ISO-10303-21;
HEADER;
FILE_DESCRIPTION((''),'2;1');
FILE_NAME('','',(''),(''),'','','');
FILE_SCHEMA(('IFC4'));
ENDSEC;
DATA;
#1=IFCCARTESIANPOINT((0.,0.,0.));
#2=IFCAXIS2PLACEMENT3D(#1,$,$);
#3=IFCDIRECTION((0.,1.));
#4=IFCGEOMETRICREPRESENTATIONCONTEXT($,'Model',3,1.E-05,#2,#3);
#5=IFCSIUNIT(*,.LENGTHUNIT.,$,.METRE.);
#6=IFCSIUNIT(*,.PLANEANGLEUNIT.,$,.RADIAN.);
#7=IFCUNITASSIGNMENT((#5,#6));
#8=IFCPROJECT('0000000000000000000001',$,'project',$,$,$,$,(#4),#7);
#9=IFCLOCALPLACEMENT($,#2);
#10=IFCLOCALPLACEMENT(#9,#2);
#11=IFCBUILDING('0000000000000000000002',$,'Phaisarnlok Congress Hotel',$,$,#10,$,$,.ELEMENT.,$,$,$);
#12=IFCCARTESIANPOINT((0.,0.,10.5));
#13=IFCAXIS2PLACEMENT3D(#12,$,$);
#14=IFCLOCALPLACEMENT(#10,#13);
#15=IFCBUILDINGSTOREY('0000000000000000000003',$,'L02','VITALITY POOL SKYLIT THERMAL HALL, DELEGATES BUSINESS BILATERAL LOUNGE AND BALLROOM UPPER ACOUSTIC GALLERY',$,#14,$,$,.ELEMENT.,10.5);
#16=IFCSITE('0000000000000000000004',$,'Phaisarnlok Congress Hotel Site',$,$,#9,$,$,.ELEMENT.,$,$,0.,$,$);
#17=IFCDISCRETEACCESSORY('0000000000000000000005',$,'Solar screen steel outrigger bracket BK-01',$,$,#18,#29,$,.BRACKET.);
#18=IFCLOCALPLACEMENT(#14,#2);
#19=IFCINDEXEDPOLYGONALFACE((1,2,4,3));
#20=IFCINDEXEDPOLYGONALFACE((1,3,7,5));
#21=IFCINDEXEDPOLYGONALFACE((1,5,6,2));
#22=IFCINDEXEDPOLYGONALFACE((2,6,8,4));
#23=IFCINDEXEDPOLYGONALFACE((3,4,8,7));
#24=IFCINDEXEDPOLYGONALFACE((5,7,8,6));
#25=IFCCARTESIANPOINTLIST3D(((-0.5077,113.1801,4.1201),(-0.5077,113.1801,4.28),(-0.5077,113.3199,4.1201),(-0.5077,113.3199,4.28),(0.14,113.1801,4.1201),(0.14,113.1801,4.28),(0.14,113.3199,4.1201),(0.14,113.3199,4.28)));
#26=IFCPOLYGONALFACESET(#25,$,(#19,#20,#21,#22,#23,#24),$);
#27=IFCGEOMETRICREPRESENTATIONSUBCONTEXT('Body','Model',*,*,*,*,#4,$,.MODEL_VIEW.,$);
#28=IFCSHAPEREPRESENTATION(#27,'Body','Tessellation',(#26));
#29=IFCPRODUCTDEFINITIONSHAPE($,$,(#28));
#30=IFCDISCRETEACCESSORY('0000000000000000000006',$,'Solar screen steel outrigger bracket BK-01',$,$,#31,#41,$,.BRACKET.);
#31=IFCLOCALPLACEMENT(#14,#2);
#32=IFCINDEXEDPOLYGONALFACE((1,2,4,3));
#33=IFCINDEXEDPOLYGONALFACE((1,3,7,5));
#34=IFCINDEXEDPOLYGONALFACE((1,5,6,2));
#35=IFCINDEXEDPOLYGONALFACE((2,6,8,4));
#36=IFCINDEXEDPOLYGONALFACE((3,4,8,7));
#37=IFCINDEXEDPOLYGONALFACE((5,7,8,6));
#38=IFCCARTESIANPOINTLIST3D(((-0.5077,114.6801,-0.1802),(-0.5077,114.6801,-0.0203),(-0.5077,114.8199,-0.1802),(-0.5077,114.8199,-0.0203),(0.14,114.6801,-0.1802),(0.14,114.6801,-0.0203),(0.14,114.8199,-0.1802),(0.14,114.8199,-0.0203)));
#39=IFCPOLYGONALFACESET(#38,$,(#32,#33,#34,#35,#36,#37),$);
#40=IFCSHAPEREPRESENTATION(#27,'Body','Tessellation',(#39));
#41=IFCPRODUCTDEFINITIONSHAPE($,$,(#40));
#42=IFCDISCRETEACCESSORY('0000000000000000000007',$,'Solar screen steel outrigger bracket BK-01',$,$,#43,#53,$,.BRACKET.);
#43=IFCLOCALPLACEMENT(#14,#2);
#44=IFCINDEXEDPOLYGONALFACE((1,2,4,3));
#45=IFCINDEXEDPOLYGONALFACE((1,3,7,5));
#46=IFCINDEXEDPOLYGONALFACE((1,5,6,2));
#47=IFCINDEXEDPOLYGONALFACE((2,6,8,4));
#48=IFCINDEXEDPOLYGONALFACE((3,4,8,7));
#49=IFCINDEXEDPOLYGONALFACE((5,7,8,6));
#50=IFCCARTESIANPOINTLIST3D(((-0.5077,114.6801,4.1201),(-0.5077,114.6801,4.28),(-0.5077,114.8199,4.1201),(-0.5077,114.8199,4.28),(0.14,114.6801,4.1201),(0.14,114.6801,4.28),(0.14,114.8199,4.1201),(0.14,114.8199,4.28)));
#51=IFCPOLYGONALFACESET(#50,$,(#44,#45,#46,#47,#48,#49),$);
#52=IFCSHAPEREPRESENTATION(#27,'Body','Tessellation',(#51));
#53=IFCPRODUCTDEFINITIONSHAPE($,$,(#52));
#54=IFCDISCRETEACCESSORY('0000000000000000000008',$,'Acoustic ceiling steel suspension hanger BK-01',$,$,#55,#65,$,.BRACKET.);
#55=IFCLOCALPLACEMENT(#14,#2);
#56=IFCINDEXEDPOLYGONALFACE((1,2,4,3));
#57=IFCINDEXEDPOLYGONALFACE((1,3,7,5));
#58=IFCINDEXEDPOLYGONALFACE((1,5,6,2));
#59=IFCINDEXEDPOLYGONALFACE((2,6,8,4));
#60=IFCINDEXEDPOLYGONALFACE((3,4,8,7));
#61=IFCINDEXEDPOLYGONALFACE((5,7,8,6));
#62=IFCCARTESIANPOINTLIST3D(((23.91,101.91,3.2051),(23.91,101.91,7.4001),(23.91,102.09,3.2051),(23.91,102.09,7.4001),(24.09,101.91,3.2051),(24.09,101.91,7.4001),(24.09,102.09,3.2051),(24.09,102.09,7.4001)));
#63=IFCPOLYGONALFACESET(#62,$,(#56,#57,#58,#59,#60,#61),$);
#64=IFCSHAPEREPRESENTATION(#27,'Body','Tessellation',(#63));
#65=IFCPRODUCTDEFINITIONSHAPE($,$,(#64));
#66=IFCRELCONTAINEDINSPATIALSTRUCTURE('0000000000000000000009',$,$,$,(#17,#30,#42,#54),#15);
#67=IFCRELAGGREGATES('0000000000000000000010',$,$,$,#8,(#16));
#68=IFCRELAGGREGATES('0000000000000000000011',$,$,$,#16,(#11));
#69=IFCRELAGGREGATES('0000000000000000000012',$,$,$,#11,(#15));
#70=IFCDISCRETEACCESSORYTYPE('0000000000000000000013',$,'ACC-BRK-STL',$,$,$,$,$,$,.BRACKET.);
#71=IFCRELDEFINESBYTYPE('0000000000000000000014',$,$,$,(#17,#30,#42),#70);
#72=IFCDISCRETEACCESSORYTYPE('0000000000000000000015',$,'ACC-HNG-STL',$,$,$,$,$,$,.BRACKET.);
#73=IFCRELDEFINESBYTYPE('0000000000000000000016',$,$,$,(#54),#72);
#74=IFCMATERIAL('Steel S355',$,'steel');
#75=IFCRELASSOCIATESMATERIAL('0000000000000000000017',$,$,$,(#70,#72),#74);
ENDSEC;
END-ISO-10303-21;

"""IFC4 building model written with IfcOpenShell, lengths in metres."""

from ifc_helpers import new_model, si_unit, direction, frame, origin, origin_2d, place, context, subcontext, project, spatial, rectangle, extrude, material, type_object, element, save


model = new_model("IFC4")

# Units and contexts
model_context = context("Model", 3, precision=1e-05, world=origin(), true_north=direction((0.0, 1.0)))
body_context = subcontext(model_context, "Body", "Model", "MODEL_VIEW")
ifc_project = project(units=[si_unit("LENGTHUNIT", "METRE"), si_unit("PLANEANGLEUNIT", "RADIAN")], contexts=[model_context])

# Site, building, storey
site_placement = place(None, origin())
site = spatial("IfcSite", under=ifc_project, at=site_placement, Name="Phaisarnlok Congress Hotel Site", CompositionType="ELEMENT", RefElevation=0.0)
building_placement = place(site_placement, origin())
building = spatial("IfcBuilding", under=site, at=building_placement, Name="Phaisarnlok Congress Hotel", CompositionType="ELEMENT")
storey_placement = place(building_placement, frame((0.0, 0.0, 10.5)))
storey = spatial("IfcBuildingStorey", under=building, at=storey_placement, Name="L02", Description="VITALITY POOL SKYLIT THERMAL HALL, DELEGATES BUSINESS BILATERAL LOUNGE AND BALLROOM UPPER ACOUSTIC GALLERY", CompositionType="ELEMENT", Elevation=10.5)

# Shared definitions
ifc_material_1 = material(Name="Steel S355", Category="steel")

# Discrete accessories
discrete_accessory_type_1 = type_object("IfcDiscreteAccessoryType", Name="ACC-BRK-STL", PredefinedType="BRACKET", material=ifc_material_1)
for number, where, z_axis, x_axis, name in (
    (1, (-0.1838, 113.25, 4.1201), (0.0, 0.0, 1.0), (1.0, 0.0, 0.0), "Solar screen steel outrigger bracket BK-01"),
    (2, (-0.1838, 114.75, -0.1802), (0.0, 0.0, 1.0), (1.0, 0.0, 0.0), "Solar screen steel outrigger bracket BK-01"),
    (3, (-0.1838, 114.75, 4.1201), (0.0, 0.0, 1.0), (1.0, 0.0, 0.0), "Solar screen steel outrigger bracket BK-01"),
):
    element("IfcDiscreteAccessory", number, at=place(storey_placement, frame(where, z_axis=z_axis, x_axis=x_axis)), inside=storey, type_object=discrete_accessory_type_1, Name=name, PredefinedType="BRACKET", context=body_context, shape_type="SweptSolid", body=[
        extrude(rectangle(XDim=0.6477, YDim=0.1399, at=origin_2d()), origin(), (0.0, 0.0, 1.0), 0.1599),
    ])
discrete_accessory_type_2 = type_object("IfcDiscreteAccessoryType", Name="ACC-HNG-STL", PredefinedType="BRACKET", material=ifc_material_1)
discrete_accessory_placement = place(storey_placement, frame((24.0, 102.0, 3.2051), z_axis=(0.0, 0.0, 1.0), x_axis=(1.0, 0.0, 0.0)))
element("IfcDiscreteAccessory", 4, at=discrete_accessory_placement, inside=storey, type_object=discrete_accessory_type_2, Name="Acoustic ceiling steel suspension hanger BK-01", PredefinedType="BRACKET", context=body_context, shape_type="SweptSolid", body=[
    extrude(rectangle(XDim=0.1799, YDim=0.1799, at=origin_2d()), origin(), (0.0, 0.0, 1.0), 4.1951),
])

save(model, "model.ifc")
